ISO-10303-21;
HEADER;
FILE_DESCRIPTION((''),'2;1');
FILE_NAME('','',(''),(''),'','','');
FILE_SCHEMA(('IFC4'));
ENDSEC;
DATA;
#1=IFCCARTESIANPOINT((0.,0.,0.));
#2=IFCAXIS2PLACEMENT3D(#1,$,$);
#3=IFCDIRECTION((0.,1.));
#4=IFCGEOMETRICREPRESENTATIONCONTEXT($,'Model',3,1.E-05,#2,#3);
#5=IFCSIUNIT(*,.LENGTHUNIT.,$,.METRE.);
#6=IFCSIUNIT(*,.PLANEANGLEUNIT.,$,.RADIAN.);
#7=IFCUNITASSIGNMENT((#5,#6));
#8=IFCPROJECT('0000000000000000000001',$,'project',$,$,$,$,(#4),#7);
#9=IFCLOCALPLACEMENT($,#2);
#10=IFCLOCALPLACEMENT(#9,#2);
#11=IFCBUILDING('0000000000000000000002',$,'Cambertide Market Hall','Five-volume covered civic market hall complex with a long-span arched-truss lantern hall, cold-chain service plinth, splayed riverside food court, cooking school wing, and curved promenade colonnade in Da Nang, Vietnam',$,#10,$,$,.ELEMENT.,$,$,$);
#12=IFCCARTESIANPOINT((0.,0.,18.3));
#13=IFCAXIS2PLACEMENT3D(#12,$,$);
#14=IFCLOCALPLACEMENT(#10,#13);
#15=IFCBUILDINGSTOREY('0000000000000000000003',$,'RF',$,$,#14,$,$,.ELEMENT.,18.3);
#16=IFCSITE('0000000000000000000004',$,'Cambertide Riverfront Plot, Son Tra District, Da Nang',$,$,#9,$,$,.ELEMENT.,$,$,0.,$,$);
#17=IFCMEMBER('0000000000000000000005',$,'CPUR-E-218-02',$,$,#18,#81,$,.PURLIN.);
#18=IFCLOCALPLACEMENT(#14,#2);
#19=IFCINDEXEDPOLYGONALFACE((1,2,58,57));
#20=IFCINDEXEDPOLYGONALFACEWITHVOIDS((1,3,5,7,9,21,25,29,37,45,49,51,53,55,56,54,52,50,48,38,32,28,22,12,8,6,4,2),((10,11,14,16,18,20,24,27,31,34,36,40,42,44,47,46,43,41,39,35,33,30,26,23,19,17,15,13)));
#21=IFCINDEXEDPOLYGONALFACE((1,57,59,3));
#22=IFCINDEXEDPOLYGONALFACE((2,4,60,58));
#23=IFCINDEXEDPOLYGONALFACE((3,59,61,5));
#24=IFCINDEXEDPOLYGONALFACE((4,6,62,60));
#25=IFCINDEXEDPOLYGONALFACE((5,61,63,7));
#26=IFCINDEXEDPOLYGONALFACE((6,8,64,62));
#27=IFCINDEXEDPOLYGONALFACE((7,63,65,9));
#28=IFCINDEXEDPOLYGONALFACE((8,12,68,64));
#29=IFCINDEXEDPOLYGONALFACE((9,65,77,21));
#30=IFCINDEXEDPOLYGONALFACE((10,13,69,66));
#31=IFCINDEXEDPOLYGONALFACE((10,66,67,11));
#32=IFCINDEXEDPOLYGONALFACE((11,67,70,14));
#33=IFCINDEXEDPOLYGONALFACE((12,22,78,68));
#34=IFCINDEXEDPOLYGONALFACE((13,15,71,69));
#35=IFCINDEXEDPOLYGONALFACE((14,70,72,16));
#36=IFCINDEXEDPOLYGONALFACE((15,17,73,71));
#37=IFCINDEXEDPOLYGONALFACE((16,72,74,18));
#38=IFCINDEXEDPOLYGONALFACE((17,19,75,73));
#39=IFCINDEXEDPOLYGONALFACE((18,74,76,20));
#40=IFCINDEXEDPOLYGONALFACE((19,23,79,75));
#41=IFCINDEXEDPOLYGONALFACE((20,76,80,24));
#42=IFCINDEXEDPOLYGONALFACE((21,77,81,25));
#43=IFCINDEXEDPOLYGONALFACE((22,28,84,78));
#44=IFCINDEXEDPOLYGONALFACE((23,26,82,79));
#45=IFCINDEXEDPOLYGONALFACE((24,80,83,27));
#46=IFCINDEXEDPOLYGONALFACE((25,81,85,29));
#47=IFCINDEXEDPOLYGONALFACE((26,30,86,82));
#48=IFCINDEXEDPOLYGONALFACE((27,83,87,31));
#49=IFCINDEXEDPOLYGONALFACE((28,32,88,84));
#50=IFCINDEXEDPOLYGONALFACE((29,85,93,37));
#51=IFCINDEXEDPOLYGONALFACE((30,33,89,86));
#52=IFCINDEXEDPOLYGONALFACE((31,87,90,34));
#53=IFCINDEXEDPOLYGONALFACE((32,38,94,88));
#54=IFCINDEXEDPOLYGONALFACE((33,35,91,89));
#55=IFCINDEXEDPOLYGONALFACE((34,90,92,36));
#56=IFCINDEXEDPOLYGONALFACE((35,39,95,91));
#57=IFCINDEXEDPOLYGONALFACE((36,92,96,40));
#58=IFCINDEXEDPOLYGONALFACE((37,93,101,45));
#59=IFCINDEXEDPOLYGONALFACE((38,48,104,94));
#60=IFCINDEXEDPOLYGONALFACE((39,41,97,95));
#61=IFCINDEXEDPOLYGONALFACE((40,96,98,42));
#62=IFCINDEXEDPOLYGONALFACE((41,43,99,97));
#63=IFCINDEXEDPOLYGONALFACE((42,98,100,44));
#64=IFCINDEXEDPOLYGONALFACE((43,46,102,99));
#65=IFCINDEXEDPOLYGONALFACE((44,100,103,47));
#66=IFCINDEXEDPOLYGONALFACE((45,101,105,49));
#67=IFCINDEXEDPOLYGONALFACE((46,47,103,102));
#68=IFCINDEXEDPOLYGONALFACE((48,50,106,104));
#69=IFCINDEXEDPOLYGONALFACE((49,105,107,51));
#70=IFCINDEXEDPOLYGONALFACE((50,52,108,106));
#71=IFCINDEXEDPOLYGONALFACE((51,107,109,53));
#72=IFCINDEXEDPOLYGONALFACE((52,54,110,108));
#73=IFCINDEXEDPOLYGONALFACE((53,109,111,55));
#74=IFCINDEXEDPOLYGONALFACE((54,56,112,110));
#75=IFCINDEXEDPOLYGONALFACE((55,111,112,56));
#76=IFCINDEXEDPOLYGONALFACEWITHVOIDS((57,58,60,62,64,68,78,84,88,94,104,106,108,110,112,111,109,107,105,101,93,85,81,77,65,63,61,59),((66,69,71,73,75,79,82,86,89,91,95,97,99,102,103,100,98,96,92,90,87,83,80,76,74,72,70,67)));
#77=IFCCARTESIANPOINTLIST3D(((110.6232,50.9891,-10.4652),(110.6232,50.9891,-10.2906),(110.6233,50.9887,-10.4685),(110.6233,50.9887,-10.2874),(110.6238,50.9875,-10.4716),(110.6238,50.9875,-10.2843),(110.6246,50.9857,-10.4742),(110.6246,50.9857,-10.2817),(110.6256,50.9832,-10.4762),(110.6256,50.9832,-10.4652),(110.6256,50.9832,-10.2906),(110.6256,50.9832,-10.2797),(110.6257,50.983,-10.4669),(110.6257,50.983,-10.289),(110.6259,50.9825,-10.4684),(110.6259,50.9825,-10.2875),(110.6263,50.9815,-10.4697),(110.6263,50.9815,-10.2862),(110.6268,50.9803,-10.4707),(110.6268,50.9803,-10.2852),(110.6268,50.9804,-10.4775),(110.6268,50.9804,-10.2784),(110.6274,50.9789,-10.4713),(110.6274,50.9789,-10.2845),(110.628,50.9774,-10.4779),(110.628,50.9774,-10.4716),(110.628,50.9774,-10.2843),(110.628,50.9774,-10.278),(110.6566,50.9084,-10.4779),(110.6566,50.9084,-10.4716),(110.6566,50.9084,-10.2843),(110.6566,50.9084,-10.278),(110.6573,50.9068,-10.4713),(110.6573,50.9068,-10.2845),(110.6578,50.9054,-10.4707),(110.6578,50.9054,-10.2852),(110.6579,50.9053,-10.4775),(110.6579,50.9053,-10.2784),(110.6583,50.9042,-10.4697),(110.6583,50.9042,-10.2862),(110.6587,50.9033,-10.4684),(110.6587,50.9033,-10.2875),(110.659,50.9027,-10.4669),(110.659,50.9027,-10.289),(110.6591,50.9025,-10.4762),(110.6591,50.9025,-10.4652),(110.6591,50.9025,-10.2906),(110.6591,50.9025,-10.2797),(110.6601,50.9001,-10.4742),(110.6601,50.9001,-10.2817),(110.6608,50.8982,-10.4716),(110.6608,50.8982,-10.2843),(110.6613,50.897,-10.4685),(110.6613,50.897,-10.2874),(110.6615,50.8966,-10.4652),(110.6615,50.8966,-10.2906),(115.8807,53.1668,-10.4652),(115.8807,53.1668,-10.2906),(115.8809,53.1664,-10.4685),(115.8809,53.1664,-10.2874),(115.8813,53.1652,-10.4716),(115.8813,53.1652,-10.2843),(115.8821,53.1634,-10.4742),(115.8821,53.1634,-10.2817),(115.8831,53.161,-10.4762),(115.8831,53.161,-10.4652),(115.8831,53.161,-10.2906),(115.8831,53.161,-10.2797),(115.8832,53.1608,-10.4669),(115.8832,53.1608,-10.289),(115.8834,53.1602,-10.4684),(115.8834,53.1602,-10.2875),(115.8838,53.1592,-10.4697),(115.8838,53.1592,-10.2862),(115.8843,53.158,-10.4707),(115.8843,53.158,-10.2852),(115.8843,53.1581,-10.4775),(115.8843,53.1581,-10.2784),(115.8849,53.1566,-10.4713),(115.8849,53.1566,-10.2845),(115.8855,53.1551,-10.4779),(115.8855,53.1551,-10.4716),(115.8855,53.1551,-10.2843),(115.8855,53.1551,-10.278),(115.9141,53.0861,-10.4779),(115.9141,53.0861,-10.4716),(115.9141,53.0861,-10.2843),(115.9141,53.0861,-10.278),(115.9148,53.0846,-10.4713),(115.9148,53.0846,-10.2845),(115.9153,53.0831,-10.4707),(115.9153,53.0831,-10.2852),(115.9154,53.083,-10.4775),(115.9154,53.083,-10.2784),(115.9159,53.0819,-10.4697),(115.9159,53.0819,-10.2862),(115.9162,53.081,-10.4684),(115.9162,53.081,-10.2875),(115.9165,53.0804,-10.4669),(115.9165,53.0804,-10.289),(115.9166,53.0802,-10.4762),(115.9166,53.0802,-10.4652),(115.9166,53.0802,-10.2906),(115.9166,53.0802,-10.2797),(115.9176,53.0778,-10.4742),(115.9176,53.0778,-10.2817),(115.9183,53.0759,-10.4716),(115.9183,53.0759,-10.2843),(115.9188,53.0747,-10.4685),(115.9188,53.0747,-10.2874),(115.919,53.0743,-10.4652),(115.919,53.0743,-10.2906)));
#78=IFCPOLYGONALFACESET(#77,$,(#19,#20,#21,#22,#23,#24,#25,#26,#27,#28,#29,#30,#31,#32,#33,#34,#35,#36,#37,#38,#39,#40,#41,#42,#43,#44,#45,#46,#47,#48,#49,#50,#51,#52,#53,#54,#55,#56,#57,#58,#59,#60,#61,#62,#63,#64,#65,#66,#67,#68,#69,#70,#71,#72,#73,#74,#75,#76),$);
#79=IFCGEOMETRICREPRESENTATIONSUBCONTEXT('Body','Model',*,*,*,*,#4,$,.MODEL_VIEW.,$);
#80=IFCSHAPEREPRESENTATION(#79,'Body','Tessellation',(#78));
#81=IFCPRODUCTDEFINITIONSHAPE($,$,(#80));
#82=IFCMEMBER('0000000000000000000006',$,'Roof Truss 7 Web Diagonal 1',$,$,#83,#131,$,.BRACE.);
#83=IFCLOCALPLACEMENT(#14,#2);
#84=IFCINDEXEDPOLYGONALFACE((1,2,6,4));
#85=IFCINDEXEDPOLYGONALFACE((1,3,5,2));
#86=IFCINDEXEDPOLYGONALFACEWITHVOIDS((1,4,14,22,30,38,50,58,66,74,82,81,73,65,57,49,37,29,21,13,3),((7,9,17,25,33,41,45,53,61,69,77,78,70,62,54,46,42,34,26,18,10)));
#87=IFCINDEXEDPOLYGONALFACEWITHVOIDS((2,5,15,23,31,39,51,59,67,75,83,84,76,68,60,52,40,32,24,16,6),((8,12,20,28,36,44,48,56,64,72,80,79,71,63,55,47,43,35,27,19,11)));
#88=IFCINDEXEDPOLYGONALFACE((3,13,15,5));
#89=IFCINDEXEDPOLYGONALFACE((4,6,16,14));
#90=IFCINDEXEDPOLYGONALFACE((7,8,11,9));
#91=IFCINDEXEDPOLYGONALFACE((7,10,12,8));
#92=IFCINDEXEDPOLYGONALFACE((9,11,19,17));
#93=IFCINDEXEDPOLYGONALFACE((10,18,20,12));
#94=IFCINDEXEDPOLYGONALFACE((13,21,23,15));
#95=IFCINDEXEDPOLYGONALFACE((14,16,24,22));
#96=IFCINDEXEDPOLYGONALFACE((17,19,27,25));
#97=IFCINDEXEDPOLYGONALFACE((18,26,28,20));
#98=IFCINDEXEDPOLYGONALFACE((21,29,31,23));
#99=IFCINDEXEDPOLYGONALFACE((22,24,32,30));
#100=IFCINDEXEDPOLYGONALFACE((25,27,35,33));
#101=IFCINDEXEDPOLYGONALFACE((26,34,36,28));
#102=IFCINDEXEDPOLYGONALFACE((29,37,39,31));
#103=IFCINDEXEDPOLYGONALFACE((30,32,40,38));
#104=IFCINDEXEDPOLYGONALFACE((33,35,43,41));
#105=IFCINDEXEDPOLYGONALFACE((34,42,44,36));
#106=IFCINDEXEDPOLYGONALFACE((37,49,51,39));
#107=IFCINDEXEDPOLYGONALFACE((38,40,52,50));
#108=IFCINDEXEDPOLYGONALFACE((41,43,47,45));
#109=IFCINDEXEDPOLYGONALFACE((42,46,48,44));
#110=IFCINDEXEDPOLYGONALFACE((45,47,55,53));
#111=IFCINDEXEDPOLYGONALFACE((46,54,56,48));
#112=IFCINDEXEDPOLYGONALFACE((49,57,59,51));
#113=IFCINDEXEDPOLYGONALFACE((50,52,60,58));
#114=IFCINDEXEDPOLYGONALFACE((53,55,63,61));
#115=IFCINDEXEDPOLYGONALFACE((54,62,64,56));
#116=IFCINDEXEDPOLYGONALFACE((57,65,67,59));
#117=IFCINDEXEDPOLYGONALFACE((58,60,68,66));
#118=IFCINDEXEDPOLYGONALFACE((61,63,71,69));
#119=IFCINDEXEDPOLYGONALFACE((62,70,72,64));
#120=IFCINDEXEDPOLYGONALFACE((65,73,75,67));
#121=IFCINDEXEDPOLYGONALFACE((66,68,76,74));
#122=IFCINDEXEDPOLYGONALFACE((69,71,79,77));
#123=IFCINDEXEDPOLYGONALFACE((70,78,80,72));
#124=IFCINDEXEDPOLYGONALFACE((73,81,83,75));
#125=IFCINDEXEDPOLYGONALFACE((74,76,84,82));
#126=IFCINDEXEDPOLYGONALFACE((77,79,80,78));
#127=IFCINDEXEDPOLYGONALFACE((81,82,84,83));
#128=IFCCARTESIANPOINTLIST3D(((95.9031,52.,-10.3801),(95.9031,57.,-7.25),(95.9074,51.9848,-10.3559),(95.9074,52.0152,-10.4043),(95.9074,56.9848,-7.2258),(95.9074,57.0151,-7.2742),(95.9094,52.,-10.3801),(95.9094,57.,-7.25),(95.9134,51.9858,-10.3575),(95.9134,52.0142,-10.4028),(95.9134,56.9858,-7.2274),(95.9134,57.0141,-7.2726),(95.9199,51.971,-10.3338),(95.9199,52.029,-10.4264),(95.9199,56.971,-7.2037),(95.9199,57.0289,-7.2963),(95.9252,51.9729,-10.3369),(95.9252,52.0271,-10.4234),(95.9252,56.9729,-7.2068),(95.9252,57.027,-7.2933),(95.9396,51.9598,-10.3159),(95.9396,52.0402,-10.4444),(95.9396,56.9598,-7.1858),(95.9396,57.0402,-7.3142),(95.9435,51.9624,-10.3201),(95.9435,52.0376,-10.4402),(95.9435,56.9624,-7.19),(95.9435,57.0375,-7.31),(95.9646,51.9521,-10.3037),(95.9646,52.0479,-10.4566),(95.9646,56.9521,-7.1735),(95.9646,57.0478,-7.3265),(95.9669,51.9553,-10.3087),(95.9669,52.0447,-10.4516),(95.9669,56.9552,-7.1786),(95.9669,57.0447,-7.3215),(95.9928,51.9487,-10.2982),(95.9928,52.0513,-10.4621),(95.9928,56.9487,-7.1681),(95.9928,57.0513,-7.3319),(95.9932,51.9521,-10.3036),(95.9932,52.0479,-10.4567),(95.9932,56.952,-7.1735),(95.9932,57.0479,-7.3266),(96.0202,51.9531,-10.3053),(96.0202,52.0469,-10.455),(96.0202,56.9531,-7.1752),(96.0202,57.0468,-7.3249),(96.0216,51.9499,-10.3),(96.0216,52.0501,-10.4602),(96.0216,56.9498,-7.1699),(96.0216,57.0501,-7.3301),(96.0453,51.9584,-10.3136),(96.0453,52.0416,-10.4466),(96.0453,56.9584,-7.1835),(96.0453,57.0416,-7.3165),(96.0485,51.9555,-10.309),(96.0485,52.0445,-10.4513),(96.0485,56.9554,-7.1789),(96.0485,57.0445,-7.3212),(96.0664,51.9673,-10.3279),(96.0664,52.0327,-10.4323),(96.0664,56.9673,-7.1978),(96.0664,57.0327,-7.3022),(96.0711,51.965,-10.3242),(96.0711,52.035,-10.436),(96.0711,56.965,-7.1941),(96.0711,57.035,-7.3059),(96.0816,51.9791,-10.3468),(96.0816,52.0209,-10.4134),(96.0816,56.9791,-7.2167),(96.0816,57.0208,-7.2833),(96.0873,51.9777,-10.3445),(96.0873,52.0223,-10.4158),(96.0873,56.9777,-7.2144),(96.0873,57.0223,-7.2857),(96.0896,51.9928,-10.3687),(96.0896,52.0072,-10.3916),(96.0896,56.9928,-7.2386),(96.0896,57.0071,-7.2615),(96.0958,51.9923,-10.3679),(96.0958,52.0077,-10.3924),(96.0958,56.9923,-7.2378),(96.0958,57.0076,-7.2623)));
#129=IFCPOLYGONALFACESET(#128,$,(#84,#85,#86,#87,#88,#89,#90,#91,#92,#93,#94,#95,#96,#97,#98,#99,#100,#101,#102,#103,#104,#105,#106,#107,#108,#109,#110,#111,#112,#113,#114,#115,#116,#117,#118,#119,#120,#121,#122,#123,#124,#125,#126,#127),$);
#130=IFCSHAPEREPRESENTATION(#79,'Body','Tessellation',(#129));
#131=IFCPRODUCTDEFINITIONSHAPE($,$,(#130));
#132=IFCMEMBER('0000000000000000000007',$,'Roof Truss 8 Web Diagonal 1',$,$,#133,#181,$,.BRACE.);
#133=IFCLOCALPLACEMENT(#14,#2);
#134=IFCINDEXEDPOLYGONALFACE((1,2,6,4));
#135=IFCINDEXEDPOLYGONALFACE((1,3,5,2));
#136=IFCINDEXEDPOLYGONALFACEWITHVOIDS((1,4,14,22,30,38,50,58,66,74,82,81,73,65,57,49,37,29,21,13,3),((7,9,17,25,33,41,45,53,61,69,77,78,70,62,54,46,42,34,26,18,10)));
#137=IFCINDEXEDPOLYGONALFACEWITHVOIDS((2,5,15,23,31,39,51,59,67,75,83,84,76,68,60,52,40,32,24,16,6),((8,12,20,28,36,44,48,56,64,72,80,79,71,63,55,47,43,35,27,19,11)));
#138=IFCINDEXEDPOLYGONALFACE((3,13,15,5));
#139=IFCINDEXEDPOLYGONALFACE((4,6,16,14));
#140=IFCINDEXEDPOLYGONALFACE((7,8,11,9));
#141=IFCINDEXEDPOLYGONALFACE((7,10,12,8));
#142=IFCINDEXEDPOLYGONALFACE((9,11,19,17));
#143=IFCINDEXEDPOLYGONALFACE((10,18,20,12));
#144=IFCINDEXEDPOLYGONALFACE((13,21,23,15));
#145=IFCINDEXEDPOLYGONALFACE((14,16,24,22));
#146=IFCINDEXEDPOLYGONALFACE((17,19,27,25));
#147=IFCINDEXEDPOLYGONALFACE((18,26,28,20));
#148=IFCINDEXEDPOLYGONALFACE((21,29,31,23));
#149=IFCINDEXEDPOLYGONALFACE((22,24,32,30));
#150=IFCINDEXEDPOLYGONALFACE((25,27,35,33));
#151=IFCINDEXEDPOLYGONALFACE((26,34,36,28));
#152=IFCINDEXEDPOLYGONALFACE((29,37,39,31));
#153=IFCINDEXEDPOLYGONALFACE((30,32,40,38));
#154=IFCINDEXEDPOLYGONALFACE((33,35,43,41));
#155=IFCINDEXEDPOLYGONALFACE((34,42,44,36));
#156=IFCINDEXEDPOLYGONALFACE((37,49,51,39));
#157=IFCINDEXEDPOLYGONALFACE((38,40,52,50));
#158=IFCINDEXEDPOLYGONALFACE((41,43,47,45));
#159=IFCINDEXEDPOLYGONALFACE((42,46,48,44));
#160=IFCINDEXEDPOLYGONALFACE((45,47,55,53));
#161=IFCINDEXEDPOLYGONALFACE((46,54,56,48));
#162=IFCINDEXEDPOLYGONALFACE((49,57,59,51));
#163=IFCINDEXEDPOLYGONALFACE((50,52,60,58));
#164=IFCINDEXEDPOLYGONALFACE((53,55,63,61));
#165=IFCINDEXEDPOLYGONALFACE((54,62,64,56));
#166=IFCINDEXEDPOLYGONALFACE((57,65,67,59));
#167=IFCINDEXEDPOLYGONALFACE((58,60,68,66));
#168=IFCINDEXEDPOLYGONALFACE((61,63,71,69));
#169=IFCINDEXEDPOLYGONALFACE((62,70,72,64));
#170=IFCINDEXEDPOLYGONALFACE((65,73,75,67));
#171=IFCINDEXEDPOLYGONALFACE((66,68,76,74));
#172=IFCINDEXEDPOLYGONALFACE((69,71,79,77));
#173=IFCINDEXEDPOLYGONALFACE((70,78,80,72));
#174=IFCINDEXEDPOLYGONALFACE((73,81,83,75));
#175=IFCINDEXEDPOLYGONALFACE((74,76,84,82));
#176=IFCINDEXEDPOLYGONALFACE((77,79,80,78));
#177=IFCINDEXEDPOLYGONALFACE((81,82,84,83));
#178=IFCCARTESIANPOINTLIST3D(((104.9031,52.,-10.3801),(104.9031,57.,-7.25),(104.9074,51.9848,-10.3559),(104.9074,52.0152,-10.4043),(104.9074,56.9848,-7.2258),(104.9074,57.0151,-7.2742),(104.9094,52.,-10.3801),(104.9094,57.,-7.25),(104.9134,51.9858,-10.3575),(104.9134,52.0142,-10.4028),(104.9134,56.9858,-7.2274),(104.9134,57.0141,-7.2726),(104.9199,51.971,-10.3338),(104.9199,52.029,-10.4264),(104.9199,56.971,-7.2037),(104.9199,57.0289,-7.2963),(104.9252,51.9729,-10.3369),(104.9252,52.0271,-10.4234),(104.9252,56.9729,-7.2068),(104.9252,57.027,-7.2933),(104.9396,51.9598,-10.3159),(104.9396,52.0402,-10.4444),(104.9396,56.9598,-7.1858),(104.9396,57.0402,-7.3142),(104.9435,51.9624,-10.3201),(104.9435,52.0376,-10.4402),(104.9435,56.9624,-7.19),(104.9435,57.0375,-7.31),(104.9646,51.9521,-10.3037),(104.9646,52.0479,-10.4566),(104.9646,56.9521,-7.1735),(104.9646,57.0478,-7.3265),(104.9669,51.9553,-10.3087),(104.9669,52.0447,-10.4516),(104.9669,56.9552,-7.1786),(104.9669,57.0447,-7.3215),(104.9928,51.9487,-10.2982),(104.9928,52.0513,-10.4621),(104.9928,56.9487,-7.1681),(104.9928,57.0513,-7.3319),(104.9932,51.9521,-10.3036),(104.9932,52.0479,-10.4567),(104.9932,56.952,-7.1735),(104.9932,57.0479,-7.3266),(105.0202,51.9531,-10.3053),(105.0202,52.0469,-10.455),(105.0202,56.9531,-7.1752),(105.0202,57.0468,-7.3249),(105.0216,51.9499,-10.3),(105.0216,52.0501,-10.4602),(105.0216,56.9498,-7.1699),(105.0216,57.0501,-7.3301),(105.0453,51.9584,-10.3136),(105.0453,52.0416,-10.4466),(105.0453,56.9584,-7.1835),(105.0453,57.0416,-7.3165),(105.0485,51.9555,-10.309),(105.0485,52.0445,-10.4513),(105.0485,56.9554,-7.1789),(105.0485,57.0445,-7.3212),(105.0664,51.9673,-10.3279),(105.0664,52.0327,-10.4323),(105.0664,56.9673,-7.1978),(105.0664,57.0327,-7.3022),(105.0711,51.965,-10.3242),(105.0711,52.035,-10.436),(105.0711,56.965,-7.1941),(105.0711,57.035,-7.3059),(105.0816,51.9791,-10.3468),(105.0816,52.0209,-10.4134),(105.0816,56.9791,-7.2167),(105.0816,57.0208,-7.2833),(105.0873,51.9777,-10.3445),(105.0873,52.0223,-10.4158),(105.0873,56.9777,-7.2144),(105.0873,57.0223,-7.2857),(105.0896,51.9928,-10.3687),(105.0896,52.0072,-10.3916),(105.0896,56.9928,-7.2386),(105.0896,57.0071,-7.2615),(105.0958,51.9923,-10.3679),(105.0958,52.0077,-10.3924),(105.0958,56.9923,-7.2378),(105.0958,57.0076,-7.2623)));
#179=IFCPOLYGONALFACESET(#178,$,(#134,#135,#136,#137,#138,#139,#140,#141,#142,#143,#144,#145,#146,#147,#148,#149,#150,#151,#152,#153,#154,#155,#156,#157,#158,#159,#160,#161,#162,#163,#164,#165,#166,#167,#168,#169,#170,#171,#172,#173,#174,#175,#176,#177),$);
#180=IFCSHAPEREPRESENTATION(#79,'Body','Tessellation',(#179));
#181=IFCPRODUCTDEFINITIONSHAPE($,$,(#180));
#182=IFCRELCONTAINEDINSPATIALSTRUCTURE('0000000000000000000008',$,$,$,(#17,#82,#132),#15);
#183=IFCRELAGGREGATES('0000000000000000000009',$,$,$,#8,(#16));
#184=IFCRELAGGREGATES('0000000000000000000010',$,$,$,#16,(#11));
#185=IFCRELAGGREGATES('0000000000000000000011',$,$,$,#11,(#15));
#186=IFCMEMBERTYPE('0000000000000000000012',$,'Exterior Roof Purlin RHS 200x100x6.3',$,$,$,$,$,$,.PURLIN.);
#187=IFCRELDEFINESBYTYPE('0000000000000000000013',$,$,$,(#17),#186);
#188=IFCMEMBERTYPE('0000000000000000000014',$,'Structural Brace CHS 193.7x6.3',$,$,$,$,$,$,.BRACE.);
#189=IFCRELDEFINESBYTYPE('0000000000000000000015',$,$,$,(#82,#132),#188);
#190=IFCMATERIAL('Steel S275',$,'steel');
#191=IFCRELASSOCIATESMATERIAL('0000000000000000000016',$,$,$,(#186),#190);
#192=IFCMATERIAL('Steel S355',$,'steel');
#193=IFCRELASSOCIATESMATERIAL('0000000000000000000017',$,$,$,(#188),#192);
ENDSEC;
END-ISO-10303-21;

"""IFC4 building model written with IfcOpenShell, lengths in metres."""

from ifc_helpers import new_model, si_unit, direction, frame, origin, origin_2d, place, context, subcontext, project, spatial, hollow_rectangle, hollow_circle, extrude, material, material_profile, profile_set, type_object, element, save


model = new_model("IFC4")

# Units and contexts
model_context = context("Model", 3, precision=1e-05, world=origin(), true_north=direction((0.0, 1.0)))
body_context = subcontext(model_context, "Body", "Model", "MODEL_VIEW")
ifc_project = project(units=[si_unit("LENGTHUNIT", "METRE"), si_unit("PLANEANGLEUNIT", "RADIAN")], contexts=[model_context])

# Site, building, storey
site_placement = place(None, origin())
site = spatial("IfcSite", under=ifc_project, at=site_placement, Name="Cambertide Riverfront Plot, Son Tra District, Da Nang", CompositionType="ELEMENT", RefElevation=0.0)
building_placement = place(site_placement, origin())
building = spatial("IfcBuilding", under=site, at=building_placement, Name="Cambertide Market Hall", Description="Five-volume covered civic market hall complex with a long-span arched-truss lantern hall, cold-chain service plinth, splayed riverside food court, cooking school wing, and curved promenade colonnade in Da Nang, Vietnam", CompositionType="ELEMENT")
storey_placement = place(building_placement, frame((0.0, 0.0, 18.3)))
storey = spatial("IfcBuildingStorey", under=building, at=storey_placement, Name="RF", CompositionType="ELEMENT", Elevation=18.3)

# Members
ifc_material_1 = material(Name="Steel S275", Category="steel")
ifc_material_profile_1 = material_profile(ifc_material_1, hollow_rectangle(XDim=0.1001, YDim=0.2, WallThickness=0.0063, InnerFilletRadius=0.0063, OuterFilletRadius=0.0127, at=origin_2d()), Name="RHS 200x100x6.3")
ifc_profile_set_1 = profile_set([ifc_material_profile_1], Name="Steel S275")
member_type_1 = type_object("IfcMemberType", Name="Exterior Roof Purlin RHS 200x100x6.3", PredefinedType="PURLIN", material=ifc_profile_set_1)
member_1_placement = place(storey_placement, frame((110.6423, 50.9429, -10.3779), z_axis=(0.923881, 0.38268, 0.0), x_axis=(-0.38268, 0.923881, 0.0)))
element("IfcMember", 1, at=member_1_placement, inside=storey, type_object=member_type_1, Name="CPUR-E-218-02", PredefinedType="PURLIN", context=body_context, shape_type="SweptSolid", body=[
    extrude(hollow_rectangle(XDim=0.1001, YDim=0.2, WallThickness=0.0063, InnerFilletRadius=0.0063, OuterFilletRadius=0.0127, at=origin_2d()), origin(), (0.0, 0.0, 1.0), 5.6907),
])
ifc_material_2 = material(Name="Steel S355", Category="steel")
ifc_material_profile_2 = material_profile(ifc_material_2, hollow_circle(Radius=0.0969, WallThickness=0.0063, at=origin_2d()), Name="CHS 193.7x6.3")
ifc_profile_set_2 = profile_set([ifc_material_profile_2], Name="Steel S355")
member_type_2 = type_object("IfcMemberType", Name="Structural Brace CHS 193.7x6.3", PredefinedType="BRACE", material=ifc_profile_set_2)
for number, where, z_axis, x_axis, name in (
    (2, (96.0, 52.0, -10.3801), (0.0, 0.847607, 0.530624), (-1.0, 0.0, 0.0), "Roof Truss 7 Web Diagonal 1"),
    (3, (105.0, 52.0, -10.3801), (0.0, 0.847607, 0.530624), (-1.0, 0.0, 0.0), "Roof Truss 8 Web Diagonal 1"),
):
    element("IfcMember", number, at=place(storey_placement, frame(where, z_axis=z_axis, x_axis=x_axis)), inside=storey, type_object=member_type_2, Name=name, PredefinedType="BRACE", context=body_context, shape_type="SweptSolid", body=[
        extrude(hollow_circle(Radius=0.0969, WallThickness=0.0063, at=origin_2d()), origin(), (0.0, 0.0, 1.0), 5.8989),
    ])

save(model, "model.ifc")
